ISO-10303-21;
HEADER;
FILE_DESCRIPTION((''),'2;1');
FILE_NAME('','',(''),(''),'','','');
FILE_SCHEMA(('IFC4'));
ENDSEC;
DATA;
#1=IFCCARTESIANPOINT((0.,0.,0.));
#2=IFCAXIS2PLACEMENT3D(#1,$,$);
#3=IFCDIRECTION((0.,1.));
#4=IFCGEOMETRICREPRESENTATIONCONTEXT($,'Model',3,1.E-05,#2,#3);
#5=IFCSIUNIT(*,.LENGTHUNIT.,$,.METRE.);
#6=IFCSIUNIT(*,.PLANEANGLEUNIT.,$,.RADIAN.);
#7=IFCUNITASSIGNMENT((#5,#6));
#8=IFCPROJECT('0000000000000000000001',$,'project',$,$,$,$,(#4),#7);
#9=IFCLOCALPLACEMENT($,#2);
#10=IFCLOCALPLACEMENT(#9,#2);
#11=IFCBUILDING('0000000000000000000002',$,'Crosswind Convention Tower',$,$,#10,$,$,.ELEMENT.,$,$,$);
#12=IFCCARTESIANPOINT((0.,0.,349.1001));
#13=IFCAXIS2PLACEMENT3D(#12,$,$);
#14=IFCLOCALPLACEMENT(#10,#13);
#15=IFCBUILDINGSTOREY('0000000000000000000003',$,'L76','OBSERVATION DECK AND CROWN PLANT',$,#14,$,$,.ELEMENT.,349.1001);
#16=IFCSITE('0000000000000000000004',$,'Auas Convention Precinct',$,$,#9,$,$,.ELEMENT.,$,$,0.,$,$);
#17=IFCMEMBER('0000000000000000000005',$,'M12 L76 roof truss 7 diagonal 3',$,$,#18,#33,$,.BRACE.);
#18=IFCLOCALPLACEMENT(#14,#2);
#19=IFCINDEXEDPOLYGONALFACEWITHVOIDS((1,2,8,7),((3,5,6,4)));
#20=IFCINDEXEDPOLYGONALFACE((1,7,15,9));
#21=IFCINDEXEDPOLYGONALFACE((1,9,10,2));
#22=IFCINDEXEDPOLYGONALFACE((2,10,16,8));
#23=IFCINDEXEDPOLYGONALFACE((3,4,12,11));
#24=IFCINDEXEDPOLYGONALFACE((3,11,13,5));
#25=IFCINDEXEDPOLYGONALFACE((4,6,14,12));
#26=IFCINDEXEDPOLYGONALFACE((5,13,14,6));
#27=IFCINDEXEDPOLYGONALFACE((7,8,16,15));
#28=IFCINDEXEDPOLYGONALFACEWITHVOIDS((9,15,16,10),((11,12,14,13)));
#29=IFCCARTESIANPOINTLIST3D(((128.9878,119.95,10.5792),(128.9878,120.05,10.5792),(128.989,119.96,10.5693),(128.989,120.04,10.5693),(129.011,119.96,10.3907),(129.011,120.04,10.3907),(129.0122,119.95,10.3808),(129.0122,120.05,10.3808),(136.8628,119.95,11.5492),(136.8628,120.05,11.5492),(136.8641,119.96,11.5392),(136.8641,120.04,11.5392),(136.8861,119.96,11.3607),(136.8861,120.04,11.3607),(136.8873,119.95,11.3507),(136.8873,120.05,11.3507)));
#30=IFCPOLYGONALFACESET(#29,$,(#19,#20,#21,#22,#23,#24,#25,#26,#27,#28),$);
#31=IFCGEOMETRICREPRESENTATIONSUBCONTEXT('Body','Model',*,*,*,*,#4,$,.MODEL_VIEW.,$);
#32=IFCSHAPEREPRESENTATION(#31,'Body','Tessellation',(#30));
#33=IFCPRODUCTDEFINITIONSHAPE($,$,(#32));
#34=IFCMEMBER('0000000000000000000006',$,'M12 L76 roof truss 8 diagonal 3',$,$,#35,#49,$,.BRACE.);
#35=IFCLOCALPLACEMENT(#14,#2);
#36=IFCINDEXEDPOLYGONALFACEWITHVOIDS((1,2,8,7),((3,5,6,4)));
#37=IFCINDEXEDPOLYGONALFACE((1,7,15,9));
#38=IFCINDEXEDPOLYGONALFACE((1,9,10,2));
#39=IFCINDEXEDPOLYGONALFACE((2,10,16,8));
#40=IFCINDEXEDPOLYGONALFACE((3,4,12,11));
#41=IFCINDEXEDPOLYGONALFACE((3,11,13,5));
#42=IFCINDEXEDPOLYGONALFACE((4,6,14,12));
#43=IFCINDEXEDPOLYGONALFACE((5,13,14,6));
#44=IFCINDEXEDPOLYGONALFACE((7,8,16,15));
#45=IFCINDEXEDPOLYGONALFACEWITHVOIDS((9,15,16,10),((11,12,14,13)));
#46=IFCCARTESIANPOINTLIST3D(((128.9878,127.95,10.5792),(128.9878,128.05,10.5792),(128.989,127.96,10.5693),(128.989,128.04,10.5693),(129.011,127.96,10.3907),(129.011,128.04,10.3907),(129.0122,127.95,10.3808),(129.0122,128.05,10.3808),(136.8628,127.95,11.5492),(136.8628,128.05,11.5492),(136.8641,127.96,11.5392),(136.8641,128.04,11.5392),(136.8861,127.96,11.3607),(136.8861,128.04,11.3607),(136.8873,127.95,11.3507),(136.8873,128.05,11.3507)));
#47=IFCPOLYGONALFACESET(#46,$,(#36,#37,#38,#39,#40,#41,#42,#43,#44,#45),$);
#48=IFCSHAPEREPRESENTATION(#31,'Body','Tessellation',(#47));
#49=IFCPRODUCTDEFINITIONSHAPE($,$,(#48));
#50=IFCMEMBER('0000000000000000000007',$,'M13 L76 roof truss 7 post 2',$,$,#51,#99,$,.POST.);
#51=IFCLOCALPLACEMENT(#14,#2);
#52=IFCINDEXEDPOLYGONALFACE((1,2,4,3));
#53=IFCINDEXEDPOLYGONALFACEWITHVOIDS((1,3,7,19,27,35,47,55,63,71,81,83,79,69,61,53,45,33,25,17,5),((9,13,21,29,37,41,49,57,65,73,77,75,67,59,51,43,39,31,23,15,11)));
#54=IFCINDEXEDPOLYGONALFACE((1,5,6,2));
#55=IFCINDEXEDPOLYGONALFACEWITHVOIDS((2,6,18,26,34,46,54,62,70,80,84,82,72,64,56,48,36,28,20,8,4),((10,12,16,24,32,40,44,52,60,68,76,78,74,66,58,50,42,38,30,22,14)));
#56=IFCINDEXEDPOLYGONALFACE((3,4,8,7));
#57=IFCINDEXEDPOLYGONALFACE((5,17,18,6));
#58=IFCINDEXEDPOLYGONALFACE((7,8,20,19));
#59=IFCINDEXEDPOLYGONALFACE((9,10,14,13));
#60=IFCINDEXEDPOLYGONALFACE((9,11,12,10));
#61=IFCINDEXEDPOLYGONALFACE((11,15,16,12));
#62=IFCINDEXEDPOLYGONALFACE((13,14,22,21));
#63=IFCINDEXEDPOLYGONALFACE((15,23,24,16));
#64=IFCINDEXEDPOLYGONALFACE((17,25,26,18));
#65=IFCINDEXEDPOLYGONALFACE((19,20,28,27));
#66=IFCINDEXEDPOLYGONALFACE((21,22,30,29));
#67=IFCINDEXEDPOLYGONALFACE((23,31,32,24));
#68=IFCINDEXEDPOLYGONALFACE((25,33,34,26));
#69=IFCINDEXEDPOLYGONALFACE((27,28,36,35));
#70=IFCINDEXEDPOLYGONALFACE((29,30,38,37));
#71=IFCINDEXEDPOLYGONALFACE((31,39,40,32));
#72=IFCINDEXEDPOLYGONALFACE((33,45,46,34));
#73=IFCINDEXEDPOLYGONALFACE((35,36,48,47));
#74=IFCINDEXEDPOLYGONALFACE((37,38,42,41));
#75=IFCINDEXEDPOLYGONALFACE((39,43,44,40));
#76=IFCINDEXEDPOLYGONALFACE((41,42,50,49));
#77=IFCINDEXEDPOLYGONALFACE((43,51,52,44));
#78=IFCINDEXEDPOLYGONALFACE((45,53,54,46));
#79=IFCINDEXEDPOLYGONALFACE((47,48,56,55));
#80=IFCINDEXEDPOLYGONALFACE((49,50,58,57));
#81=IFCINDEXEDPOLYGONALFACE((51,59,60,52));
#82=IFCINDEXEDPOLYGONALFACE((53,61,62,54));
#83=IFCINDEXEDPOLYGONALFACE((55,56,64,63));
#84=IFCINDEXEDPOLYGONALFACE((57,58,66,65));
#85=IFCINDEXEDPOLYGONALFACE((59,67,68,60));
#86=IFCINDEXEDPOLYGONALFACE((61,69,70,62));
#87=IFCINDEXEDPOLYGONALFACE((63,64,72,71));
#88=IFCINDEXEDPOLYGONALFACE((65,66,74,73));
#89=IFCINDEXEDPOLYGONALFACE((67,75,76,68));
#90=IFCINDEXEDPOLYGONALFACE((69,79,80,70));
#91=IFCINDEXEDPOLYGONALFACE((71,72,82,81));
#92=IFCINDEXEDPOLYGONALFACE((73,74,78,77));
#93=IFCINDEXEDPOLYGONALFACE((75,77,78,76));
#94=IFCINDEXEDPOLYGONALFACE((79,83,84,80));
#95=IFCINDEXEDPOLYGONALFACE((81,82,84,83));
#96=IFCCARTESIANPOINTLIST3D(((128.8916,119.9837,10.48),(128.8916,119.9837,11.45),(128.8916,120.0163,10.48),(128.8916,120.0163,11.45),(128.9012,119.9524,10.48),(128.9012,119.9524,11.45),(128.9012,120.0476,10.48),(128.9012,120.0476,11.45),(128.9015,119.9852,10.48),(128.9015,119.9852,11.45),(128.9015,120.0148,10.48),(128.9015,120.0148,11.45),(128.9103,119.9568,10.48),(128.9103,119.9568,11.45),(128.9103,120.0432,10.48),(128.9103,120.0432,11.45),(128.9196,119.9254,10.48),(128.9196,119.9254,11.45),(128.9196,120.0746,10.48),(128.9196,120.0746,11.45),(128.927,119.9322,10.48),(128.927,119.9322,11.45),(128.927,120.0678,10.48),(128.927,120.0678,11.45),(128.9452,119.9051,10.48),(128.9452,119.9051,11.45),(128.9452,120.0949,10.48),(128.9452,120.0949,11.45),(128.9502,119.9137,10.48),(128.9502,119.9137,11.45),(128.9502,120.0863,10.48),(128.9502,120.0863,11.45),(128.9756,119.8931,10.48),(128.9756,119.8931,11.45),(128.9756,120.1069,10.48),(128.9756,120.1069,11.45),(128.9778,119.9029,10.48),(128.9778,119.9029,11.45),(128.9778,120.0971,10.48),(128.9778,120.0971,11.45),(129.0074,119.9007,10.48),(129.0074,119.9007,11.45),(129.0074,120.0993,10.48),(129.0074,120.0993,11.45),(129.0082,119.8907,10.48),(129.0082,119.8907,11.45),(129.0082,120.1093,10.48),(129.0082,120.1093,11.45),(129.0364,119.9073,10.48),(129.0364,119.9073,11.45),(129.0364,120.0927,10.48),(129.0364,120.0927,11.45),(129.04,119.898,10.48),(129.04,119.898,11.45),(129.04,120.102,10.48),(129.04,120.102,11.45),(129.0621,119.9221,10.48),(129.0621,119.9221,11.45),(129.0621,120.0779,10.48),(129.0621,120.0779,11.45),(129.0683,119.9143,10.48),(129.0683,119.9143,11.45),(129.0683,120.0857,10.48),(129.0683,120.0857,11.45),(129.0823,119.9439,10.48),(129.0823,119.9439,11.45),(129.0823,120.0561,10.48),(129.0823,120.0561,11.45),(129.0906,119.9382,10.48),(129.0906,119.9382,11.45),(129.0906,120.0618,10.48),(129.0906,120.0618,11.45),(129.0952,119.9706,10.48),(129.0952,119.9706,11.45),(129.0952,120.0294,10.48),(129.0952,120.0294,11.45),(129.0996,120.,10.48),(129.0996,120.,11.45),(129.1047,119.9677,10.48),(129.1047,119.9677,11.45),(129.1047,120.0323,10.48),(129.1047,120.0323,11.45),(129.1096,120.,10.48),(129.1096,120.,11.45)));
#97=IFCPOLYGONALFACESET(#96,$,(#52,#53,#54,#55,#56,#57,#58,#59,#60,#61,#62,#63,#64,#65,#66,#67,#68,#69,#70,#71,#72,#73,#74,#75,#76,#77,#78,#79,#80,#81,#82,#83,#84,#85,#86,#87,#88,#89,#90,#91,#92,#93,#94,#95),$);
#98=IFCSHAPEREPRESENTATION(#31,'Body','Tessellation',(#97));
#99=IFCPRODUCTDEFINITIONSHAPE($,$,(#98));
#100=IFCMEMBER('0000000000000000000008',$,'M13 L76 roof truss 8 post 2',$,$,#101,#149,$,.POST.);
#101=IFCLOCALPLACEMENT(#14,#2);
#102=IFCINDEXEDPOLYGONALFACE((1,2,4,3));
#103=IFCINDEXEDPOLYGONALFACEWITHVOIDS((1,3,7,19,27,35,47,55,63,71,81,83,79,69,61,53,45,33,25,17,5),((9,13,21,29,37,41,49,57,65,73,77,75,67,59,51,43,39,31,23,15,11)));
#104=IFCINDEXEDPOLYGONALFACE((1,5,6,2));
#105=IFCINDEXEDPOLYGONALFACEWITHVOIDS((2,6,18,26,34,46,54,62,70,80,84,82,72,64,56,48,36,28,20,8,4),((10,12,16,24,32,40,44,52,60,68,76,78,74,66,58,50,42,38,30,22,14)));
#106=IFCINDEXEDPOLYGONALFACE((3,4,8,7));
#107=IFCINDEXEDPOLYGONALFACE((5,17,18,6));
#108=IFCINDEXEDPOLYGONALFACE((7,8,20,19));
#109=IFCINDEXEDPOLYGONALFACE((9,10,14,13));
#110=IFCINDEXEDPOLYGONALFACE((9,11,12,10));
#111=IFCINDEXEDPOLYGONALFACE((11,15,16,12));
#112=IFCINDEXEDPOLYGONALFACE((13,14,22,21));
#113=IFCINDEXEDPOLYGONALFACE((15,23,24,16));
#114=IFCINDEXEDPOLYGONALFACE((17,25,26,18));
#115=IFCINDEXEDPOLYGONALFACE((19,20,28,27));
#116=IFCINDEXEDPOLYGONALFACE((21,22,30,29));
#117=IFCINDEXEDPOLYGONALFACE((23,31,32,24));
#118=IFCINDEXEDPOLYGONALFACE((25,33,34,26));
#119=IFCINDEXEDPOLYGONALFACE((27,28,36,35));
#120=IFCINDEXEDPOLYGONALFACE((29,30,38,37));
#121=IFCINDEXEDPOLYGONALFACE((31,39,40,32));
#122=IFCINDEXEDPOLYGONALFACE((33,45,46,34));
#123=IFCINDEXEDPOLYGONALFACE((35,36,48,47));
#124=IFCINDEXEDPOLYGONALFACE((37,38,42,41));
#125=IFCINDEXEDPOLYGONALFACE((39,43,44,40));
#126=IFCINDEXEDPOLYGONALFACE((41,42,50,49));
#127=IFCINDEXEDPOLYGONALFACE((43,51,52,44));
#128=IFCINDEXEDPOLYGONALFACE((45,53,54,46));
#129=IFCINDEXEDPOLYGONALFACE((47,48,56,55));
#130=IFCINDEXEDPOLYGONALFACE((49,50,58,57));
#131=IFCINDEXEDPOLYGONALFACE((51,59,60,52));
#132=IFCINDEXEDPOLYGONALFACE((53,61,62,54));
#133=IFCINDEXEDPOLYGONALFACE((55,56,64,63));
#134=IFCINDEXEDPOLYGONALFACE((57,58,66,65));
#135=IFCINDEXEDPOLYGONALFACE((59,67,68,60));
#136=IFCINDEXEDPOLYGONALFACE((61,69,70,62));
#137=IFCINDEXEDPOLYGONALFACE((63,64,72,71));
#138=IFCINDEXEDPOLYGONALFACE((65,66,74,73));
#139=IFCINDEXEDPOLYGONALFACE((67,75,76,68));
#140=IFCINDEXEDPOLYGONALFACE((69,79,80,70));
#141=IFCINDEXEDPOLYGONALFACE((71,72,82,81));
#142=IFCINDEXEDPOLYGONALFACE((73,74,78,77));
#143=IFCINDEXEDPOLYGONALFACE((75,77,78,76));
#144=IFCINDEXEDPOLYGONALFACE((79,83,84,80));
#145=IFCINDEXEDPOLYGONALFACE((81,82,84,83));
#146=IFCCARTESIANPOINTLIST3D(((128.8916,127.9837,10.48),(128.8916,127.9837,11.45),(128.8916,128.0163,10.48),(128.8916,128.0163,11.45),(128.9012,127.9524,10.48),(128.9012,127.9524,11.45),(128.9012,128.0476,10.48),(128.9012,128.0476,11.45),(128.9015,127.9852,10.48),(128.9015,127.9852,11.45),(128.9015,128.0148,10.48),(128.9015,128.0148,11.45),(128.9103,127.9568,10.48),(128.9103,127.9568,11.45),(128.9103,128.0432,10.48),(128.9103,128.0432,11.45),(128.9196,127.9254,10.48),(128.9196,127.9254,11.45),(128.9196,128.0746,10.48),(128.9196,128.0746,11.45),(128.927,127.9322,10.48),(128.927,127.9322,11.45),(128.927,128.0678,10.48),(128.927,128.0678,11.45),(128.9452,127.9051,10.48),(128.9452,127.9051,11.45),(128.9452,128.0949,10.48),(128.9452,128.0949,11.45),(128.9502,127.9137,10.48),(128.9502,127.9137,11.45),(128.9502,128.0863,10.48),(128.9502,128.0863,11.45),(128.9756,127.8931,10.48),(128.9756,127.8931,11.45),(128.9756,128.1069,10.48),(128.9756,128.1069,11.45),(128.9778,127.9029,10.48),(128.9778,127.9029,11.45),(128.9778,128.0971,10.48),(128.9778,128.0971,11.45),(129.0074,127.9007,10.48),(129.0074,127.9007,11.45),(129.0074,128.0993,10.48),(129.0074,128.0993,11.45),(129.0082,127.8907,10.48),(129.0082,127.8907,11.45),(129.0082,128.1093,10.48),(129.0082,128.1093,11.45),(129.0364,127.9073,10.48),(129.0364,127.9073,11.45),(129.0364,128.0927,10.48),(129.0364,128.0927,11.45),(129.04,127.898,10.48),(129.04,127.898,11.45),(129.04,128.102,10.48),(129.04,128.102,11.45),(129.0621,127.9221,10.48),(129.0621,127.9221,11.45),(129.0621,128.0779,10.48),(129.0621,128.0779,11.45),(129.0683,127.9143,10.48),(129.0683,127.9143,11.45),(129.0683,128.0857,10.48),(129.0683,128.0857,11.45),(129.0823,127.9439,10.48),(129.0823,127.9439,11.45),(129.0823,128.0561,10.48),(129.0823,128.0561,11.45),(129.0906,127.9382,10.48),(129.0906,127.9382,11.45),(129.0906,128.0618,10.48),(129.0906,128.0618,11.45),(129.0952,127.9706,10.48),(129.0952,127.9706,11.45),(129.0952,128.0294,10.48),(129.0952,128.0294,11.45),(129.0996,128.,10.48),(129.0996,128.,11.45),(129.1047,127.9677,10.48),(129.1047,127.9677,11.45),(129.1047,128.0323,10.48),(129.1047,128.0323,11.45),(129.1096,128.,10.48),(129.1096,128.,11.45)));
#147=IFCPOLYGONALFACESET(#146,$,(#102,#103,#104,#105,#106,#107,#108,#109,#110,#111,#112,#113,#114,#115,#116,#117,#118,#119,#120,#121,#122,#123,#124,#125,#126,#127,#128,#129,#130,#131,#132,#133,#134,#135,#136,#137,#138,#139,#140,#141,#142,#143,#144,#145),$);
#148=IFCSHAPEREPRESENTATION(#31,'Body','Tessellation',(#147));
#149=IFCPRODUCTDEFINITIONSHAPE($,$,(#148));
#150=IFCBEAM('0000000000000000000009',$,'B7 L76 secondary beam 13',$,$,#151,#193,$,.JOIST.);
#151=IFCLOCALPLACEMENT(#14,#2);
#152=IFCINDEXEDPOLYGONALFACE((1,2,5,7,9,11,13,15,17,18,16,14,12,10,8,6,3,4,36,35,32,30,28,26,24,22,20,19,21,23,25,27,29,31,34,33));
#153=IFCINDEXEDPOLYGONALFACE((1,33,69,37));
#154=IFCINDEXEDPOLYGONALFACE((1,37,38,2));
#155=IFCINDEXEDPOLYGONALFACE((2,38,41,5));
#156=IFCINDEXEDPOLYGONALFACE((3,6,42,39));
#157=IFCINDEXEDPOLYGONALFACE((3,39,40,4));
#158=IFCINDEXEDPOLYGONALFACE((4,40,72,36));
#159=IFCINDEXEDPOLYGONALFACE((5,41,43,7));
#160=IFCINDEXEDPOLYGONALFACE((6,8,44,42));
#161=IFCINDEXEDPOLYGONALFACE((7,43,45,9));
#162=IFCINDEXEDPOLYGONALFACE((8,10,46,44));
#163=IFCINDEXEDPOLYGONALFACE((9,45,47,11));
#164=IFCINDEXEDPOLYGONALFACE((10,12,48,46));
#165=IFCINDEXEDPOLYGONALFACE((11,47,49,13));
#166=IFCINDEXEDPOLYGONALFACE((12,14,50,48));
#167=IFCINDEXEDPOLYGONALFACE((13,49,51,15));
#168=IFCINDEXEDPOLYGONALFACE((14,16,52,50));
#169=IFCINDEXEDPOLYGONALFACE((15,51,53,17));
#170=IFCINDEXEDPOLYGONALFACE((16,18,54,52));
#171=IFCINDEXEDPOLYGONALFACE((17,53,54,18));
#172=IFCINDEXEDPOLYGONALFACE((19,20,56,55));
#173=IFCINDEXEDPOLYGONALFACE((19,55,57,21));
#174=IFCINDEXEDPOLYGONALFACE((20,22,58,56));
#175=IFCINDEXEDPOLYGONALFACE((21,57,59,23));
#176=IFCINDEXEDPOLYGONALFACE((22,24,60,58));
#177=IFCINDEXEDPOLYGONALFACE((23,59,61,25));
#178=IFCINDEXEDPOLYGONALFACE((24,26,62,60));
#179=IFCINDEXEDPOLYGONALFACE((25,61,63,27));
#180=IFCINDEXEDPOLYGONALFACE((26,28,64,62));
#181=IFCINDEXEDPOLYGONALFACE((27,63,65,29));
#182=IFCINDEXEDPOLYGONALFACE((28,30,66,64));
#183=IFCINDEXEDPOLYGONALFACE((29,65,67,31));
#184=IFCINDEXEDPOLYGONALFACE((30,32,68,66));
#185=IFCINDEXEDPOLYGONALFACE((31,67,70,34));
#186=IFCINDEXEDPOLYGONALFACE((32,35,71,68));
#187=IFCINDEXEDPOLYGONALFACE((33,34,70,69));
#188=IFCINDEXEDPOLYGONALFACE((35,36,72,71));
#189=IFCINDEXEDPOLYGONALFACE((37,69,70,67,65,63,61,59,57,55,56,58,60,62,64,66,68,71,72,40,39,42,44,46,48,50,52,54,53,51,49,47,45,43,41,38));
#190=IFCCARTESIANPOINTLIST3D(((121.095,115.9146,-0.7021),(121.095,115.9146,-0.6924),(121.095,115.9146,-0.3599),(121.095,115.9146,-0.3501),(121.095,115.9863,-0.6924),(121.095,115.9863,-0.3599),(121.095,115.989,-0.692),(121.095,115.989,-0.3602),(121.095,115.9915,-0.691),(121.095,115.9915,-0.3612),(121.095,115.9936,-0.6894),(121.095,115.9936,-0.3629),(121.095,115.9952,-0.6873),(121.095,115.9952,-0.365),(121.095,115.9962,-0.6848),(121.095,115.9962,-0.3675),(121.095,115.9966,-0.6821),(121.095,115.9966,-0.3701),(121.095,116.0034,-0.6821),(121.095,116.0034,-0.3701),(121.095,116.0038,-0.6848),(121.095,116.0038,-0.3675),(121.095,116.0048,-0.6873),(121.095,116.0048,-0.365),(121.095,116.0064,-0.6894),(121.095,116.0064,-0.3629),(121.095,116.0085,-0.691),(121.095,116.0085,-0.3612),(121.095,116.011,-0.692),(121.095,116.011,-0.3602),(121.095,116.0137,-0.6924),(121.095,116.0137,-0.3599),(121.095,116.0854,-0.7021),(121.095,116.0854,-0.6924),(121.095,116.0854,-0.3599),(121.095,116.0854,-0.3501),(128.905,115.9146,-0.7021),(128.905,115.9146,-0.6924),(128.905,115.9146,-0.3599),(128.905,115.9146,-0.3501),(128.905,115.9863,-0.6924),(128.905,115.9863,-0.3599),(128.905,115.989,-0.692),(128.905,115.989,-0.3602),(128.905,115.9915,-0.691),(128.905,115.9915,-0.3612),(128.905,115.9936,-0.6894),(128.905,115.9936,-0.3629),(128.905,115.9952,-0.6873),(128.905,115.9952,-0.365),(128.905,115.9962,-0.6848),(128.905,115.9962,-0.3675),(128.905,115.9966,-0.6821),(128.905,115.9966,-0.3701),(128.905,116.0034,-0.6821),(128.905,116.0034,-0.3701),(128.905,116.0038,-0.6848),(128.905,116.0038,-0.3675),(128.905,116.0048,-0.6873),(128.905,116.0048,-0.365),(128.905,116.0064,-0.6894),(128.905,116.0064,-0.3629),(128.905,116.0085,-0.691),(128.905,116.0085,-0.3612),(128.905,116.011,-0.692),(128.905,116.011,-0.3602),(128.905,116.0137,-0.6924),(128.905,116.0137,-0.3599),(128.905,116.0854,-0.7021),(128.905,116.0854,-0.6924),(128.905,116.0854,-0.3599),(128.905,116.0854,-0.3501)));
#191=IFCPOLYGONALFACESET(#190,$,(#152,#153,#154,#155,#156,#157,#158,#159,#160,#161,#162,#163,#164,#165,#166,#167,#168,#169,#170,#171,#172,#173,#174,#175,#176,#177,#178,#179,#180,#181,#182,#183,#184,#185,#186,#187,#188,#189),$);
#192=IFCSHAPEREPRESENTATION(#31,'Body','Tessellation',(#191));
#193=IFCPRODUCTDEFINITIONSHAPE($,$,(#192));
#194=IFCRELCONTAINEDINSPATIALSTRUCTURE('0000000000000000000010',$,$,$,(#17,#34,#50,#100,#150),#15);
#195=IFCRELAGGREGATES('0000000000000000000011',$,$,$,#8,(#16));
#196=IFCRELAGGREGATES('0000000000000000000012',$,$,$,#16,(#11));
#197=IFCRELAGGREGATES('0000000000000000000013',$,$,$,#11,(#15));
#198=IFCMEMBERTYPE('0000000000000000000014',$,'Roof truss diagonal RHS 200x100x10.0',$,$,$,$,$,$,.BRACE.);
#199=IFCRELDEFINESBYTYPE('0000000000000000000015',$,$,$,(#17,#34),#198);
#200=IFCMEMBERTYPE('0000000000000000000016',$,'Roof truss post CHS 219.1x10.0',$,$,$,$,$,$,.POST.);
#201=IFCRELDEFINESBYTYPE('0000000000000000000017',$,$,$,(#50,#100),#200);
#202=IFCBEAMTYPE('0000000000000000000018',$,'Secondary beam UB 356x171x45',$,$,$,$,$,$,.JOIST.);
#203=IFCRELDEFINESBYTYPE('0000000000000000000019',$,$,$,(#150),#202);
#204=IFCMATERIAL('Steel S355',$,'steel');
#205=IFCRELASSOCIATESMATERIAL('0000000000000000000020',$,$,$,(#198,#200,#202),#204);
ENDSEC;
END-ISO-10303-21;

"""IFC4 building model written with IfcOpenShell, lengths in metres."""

from ifc_helpers import new_model, si_unit, direction, frame, origin, origin_2d, place, context, subcontext, project, spatial, hollow_rectangle, hollow_circle, i_section, extrude, material, material_profile, profile_set, type_object, element, save


model = new_model("IFC4")

# Units and contexts
model_context = context("Model", 3, precision=1e-05, world=origin(), true_north=direction((0.0, 1.0)))
body_context = subcontext(model_context, "Body", "Model", "MODEL_VIEW")
ifc_project = project(units=[si_unit("LENGTHUNIT", "METRE"), si_unit("PLANEANGLEUNIT", "RADIAN")], contexts=[model_context])

# Site, building, storey
site_placement = place(None, origin())
site = spatial("IfcSite", under=ifc_project, at=site_placement, Name="Auas Convention Precinct", CompositionType="ELEMENT", RefElevation=0.0)
building_placement = place(site_placement, origin())
building = spatial("IfcBuilding", under=site, at=building_placement, Name="Crosswind Convention Tower", CompositionType="ELEMENT")
storey_placement = place(building_placement, frame((0.0, 0.0, 349.1001)))
storey = spatial("IfcBuildingStorey", under=building, at=storey_placement, Name="L76", Description="OBSERVATION DECK AND CROWN PLANT", CompositionType="ELEMENT", Elevation=349.1001)

# Shared definitions
ifc_material_1 = material(Name="Steel S355", Category="steel")

# Members
ifc_material_profile_1 = material_profile(ifc_material_1, hollow_rectangle(XDim=0.1001, YDim=0.2, WallThickness=0.01, at=origin_2d()), Name="RHS 200x100x10.0")
ifc_profile_set_1 = profile_set([ifc_material_profile_1], Name="Steel S355")
member_type_1 = type_object("IfcMemberType", Name="Roof truss diagonal RHS 200x100x10.0", PredefinedType="BRACE", material=ifc_profile_set_1)
for number, where, z_axis, x_axis, name in (
    (1, (129.0, 120.0, 10.48), (0.9925, 0.0, 0.122247), (0.0, 1.0, 0.0), "M12 L76 roof truss 7 diagonal 3"),
    (2, (129.0, 128.0, 10.48), (0.9925, 0.0, 0.122247), (0.0, 1.0, 0.0), "M12 L76 roof truss 8 diagonal 3"),
):
    element("IfcMember", number, at=place(storey_placement, frame(where, z_axis=z_axis, x_axis=x_axis)), inside=storey, type_object=member_type_1, Name=name, PredefinedType="BRACE", context=body_context, shape_type="SweptSolid", body=[
        extrude(hollow_rectangle(XDim=0.1001, YDim=0.2, WallThickness=0.01, at=origin_2d()), origin(), (0.0, 0.0, 1.0), 7.9346),
    ])
ifc_material_profile_2 = material_profile(ifc_material_1, hollow_circle(Radius=0.1096, WallThickness=0.01, at=origin_2d()), Name="CHS 219.1x10.0")
ifc_profile_set_2 = profile_set([ifc_material_profile_2], Name="Steel S355")
member_type_2 = type_object("IfcMemberType", Name="Roof truss post CHS 219.1x10.0", PredefinedType="POST", material=ifc_profile_set_2)
for number, where, z_axis, x_axis, name in (
    (3, (129.0, 120.0, 10.48), (0.0, 0.0, 1.0), (1.0, 0.0, 0.0), "M13 L76 roof truss 7 post 2"),
    (4, (129.0, 128.0, 10.48), (0.0, 0.0, 1.0), (1.0, 0.0, 0.0), "M13 L76 roof truss 8 post 2"),
):
    element("IfcMember", number, at=place(storey_placement, frame(where, z_axis=z_axis, x_axis=x_axis)), inside=storey, type_object=member_type_2, Name=name, PredefinedType="POST", context=body_context, shape_type="SweptSolid", body=[
        extrude(hollow_circle(Radius=0.1096, WallThickness=0.01, at=origin_2d()), origin(), (0.0, 0.0, 1.0), 0.97),
    ])

# Beam
ifc_material_profile_3 = material_profile(ifc_material_1, i_section(OverallWidth=0.1709, OverallDepth=0.3521, WebThickness=0.0068, FlangeThickness=0.0098, FilletRadius=0.0103, at=origin_2d()), Name="UB 356x171x45")
ifc_profile_set_3 = profile_set([ifc_material_profile_3], Name="Steel S355")
beam_type_1 = type_object("IfcBeamType", Name="Secondary beam UB 356x171x45", PredefinedType="JOIST", material=ifc_profile_set_3)
for number, where, z_axis, x_axis, name in (
    (5, (121.095, 116.0, -0.5261), (1.0, 0.0, 0.0), (0.0, 1.0, 0.0), "B7 L76 secondary beam 13"),
):
    element("IfcBeam", number, at=place(storey_placement, frame(where, z_axis=z_axis, x_axis=x_axis)), inside=storey, type_object=beam_type_1, Name=name, PredefinedType="JOIST", context=body_context, shape_type="SweptSolid", body=[
        extrude(i_section(OverallWidth=0.1709, OverallDepth=0.3521, WebThickness=0.0068, FlangeThickness=0.0098, FilletRadius=0.0103, at=origin_2d()), origin(), (0.0, 0.0, 1.0), 7.8101),
    ])

save(model, "model.ifc")
